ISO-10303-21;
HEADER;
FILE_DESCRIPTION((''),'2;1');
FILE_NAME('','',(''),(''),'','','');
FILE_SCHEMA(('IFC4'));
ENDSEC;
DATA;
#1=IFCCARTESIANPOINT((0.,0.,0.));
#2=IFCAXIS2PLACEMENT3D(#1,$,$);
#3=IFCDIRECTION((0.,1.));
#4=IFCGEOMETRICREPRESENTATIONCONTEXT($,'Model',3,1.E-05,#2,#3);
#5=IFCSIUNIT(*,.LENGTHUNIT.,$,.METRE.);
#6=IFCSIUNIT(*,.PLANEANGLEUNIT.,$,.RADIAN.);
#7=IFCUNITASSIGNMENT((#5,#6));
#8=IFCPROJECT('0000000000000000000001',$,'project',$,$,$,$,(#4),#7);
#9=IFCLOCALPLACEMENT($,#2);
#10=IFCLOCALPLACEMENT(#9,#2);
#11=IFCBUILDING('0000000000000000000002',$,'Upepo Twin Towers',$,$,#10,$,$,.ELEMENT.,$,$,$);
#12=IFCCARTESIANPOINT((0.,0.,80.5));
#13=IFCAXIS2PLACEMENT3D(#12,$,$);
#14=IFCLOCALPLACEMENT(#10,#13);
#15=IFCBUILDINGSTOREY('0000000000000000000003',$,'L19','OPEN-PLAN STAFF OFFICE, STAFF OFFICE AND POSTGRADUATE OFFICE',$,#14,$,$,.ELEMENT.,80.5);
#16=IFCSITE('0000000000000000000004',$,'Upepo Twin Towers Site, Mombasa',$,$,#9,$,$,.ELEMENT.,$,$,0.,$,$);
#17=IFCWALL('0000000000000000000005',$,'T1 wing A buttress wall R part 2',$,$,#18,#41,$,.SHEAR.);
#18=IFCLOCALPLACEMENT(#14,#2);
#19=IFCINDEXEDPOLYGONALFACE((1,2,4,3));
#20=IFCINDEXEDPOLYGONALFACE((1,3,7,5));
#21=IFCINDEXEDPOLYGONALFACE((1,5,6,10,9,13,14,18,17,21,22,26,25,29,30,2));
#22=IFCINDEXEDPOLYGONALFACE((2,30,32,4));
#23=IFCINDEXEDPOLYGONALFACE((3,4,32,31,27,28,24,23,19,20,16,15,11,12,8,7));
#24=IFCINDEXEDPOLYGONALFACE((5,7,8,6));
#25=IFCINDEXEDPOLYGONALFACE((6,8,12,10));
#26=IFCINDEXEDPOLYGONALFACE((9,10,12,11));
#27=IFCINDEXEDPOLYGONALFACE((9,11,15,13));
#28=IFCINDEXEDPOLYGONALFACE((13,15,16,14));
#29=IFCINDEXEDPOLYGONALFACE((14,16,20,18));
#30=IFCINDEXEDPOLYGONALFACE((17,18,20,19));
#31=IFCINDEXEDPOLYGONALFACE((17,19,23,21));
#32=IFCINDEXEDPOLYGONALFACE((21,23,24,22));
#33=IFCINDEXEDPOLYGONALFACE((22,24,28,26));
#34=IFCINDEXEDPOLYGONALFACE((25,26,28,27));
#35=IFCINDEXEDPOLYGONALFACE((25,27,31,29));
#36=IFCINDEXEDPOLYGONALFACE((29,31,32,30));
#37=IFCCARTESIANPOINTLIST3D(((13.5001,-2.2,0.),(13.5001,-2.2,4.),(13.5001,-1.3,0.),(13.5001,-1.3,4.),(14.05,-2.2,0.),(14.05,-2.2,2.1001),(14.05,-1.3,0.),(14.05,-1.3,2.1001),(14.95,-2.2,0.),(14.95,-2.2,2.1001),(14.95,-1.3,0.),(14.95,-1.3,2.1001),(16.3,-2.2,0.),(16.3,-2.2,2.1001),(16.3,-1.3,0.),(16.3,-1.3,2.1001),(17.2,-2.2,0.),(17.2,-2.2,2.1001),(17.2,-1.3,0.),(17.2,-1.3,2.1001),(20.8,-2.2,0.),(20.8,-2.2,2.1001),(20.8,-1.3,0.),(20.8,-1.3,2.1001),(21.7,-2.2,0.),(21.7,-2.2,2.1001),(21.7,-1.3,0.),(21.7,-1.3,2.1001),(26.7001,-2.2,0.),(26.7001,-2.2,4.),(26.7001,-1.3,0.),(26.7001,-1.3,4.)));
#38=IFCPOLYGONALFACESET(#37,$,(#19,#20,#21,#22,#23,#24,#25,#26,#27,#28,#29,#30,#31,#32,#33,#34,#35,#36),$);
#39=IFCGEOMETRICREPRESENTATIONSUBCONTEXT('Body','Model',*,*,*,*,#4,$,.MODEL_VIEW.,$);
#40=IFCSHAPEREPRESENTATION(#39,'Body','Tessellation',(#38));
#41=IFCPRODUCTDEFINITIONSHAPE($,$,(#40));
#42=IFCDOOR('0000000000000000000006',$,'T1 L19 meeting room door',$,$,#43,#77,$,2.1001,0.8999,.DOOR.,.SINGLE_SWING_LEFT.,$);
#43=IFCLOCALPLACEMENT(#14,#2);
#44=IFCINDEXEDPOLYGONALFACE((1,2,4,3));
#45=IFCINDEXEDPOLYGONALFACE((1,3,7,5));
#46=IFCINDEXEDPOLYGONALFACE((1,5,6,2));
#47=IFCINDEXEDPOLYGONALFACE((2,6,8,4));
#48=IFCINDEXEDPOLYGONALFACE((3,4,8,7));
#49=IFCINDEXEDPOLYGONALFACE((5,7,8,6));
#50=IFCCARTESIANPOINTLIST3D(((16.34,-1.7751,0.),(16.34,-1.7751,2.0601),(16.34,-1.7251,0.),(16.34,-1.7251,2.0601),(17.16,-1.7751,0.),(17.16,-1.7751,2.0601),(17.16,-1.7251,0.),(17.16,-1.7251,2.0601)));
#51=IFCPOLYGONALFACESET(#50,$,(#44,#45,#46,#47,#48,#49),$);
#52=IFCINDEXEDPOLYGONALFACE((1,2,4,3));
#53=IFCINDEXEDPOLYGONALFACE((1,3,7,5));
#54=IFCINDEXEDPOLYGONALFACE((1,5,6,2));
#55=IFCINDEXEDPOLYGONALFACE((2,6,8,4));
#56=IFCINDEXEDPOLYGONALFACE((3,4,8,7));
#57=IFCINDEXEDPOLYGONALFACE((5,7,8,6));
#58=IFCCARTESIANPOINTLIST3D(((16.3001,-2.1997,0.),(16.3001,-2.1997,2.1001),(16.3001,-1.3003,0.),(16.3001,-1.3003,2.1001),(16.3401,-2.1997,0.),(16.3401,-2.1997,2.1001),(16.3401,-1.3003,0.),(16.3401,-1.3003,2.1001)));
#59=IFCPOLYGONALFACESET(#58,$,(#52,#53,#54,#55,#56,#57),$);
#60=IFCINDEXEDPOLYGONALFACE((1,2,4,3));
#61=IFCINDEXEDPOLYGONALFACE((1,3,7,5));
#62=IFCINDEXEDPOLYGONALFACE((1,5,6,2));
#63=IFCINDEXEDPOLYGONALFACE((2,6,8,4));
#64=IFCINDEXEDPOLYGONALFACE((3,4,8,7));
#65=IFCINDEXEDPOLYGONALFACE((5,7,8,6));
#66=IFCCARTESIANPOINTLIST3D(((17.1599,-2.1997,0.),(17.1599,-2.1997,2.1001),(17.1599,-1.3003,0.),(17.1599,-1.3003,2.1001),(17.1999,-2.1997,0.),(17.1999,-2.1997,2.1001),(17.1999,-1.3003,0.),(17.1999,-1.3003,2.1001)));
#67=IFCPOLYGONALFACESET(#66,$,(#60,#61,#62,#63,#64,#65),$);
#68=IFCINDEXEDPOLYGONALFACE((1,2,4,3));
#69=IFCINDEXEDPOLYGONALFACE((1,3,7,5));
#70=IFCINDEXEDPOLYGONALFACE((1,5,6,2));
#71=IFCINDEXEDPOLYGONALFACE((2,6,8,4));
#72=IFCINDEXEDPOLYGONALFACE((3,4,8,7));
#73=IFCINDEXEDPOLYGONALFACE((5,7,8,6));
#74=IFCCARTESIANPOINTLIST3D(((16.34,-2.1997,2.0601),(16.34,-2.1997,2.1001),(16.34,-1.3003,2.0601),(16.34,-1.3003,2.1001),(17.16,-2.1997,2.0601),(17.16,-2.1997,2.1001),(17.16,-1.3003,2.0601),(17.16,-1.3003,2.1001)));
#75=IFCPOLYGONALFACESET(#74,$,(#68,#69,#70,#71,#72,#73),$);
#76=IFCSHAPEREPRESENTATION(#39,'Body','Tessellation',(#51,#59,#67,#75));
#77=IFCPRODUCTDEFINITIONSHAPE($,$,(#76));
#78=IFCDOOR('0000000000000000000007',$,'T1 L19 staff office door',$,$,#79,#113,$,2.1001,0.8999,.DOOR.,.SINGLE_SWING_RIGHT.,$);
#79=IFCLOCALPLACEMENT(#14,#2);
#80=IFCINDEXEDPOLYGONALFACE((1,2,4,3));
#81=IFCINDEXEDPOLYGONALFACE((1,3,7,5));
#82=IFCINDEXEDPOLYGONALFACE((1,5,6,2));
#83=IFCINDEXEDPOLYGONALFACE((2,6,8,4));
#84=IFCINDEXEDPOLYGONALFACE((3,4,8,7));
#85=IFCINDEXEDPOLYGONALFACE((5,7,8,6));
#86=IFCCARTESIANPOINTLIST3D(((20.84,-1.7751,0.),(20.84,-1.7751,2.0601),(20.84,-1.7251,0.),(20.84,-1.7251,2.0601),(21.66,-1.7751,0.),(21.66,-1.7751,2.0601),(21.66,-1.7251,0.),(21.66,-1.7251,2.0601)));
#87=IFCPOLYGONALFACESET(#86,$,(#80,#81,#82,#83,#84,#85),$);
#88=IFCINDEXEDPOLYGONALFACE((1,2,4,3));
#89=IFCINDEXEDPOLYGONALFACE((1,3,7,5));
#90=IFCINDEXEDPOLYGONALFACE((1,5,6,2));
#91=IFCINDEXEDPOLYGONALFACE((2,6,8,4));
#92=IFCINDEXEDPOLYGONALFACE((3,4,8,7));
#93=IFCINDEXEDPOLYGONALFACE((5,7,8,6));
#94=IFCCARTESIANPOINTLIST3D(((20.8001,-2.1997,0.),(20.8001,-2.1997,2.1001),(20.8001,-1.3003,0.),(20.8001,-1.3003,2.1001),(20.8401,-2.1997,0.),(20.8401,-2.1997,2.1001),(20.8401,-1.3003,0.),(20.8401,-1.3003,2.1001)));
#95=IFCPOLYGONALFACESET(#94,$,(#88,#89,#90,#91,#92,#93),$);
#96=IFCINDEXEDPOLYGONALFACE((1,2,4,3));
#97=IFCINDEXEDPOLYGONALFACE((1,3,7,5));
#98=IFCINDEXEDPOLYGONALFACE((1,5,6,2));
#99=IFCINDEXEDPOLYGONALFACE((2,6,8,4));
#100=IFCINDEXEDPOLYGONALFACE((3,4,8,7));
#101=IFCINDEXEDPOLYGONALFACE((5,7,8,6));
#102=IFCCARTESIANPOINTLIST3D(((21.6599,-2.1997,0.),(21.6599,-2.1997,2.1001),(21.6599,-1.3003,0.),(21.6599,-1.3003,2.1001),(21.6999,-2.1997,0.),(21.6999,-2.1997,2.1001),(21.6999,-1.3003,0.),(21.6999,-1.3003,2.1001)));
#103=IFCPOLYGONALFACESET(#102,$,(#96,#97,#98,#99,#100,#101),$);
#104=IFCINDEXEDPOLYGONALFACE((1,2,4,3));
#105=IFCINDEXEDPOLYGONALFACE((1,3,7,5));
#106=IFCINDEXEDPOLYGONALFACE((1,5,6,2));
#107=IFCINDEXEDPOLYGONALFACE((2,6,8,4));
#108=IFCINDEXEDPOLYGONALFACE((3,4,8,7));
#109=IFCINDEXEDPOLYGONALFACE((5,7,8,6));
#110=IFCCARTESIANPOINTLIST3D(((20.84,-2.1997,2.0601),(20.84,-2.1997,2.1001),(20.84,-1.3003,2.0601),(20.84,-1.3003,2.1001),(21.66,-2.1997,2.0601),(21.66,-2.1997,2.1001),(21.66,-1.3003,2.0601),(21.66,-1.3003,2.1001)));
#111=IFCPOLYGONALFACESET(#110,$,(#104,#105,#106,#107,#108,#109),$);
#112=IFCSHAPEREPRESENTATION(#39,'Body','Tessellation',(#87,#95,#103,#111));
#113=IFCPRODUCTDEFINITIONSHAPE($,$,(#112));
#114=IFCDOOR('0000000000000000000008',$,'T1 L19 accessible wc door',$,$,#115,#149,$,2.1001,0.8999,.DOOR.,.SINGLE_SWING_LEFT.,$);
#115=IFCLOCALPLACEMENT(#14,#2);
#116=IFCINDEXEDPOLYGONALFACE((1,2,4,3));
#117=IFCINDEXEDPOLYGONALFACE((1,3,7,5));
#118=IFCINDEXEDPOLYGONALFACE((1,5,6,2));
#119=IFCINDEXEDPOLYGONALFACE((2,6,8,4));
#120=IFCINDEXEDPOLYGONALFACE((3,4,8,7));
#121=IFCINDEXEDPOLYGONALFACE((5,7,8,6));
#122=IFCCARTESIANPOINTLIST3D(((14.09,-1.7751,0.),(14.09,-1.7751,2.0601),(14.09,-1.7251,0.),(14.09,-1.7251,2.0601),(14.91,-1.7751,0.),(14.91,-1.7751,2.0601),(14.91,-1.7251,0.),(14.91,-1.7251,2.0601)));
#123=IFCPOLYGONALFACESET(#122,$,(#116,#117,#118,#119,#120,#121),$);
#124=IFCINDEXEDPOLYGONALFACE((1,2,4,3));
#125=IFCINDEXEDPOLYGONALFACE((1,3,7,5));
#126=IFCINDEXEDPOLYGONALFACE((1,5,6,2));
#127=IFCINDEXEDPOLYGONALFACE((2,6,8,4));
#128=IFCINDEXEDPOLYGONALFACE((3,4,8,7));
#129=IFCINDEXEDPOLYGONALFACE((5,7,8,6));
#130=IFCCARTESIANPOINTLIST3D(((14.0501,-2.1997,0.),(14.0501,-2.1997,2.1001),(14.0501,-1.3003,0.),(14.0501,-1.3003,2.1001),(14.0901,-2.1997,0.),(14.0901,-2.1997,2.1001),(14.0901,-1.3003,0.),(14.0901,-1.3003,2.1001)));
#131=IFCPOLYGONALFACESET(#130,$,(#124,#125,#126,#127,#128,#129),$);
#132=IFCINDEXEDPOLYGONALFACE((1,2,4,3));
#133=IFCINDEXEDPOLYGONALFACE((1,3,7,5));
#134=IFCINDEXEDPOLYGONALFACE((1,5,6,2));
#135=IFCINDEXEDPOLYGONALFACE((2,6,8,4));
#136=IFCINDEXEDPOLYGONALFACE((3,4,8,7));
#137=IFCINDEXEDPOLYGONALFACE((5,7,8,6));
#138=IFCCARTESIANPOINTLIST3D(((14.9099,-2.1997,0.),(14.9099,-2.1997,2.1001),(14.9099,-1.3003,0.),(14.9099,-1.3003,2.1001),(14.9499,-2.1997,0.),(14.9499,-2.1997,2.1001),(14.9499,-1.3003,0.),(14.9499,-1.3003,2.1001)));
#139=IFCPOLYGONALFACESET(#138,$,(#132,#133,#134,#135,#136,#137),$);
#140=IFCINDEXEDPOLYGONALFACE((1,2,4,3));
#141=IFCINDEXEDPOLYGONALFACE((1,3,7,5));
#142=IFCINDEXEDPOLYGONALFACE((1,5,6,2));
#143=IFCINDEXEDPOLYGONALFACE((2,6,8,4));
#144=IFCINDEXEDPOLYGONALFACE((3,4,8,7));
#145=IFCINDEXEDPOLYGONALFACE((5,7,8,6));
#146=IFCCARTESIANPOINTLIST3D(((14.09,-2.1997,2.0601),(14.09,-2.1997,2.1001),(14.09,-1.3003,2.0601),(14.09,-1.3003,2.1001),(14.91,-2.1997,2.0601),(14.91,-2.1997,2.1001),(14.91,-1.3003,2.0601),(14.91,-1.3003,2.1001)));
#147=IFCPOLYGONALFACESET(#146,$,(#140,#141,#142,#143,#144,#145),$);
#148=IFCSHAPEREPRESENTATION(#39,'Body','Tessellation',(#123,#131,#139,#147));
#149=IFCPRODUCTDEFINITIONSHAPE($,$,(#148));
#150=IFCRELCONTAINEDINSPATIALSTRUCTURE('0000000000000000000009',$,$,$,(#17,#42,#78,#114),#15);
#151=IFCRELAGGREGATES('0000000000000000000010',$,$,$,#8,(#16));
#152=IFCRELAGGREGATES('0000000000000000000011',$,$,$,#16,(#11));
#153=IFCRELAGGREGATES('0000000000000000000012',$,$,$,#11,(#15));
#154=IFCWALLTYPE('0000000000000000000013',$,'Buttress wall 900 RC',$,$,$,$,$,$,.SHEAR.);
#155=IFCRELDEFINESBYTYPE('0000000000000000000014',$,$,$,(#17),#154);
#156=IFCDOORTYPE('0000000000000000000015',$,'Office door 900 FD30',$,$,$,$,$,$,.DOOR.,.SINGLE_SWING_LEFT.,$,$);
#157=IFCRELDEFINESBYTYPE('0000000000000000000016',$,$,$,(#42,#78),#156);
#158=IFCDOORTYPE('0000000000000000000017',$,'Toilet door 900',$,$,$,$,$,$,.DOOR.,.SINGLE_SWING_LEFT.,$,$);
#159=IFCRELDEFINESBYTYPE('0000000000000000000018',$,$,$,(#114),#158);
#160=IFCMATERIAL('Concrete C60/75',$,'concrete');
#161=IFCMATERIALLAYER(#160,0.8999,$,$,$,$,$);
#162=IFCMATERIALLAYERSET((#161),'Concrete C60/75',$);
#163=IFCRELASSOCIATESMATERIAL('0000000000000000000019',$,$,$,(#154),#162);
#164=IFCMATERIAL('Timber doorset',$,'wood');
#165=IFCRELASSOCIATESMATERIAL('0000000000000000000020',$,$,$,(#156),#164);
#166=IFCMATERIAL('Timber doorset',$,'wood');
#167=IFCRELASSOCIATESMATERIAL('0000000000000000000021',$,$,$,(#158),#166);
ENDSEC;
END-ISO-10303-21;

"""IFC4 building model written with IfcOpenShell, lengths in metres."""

from ifc_helpers import new_model, si_unit, direction, frame, frame_2d, origin, place, context, subcontext, project, spatial, rectangle, extrude, material, layer, layer_set, type_object, element, fill, save


model = new_model("IFC4")

# Units and contexts
model_context = context("Model", 3, precision=1e-05, world=origin(), true_north=direction((0.0, 1.0)))
body_context = subcontext(model_context, "Body", "Model", "MODEL_VIEW")
ifc_project = project(units=[si_unit("LENGTHUNIT", "METRE"), si_unit("PLANEANGLEUNIT", "RADIAN")], contexts=[model_context])

# Site, building, storey
site_placement = place(None, origin())
site = spatial("IfcSite", under=ifc_project, at=site_placement, Name="Upepo Twin Towers Site, Mombasa", CompositionType="ELEMENT", RefElevation=0.0)
building_placement = place(site_placement, origin())
building = spatial("IfcBuilding", under=site, at=building_placement, Name="Upepo Twin Towers", CompositionType="ELEMENT")
storey_placement = place(building_placement, frame((0.0, 0.0, 80.5)))
storey = spatial("IfcBuildingStorey", under=building, at=storey_placement, Name="L19", Description="OPEN-PLAN STAFF OFFICE, STAFF OFFICE AND POSTGRADUATE OFFICE", CompositionType="ELEMENT", Elevation=80.5)

# Wall, openings, doors
ifc_material_1 = material(Name="Concrete C60/75", Category="concrete")
ifc_layer_1 = layer(ifc_material_1, 0.8999)
ifc_layer_set_1 = layer_set([ifc_layer_1], Name="Concrete C60/75")
wall_type_1 = type_object("IfcWallType", Name="Buttress wall 900 RC", PredefinedType="SHEAR", material=ifc_layer_set_1)
wall_1_placement = place(storey_placement, frame((13.5, -1.75, 0.0), z_axis=(0.0, 0.0, 1.0), x_axis=(1.0, 0.0, 0.0)))
wall_1 = element("IfcWall", 1, at=wall_1_placement, inside=storey, type_object=wall_type_1, Name="T1 wing A buttress wall R part 2", PredefinedType="SHEAR", context=body_context, shape_type="SweptSolid", body=[
    extrude(rectangle(XDim=13.2, YDim=0.8999, at=frame_2d((6.6001, 0.0))), origin(), (0.0, 0.0, 1.0), 4.0),
])
opening_1_placement = place(wall_1_placement, frame((0.55, 0.0, 0.0)))
opening_1 = element("IfcOpeningElement", 2, at=opening_1_placement, cuts=wall_1, PredefinedType="OPENING", context=body_context, shape_type="SweptSolid", body=[
    extrude(rectangle(XDim=0.8999, YDim=2.1001, at=frame_2d((0.45, 1.05))), frame((0.0, 0.46, 0.0), z_axis=(0.0, -1.0, 0.0), x_axis=(1.0, 0.0, 0.0)), (0.0, 0.0, 1.0), 0.9199),
])
opening_2_placement = place(wall_1_placement, frame((2.8, 0.0, 0.0)))
opening_2 = element("IfcOpeningElement", 3, at=opening_2_placement, cuts=wall_1, PredefinedType="OPENING", context=body_context, shape_type="SweptSolid", body=[
    extrude(rectangle(XDim=0.8999, YDim=2.1001, at=frame_2d((0.45, 1.05))), frame((0.0, 0.46, 0.0), z_axis=(0.0, -1.0, 0.0), x_axis=(1.0, 0.0, 0.0)), (0.0, 0.0, 1.0), 0.9199),
])
opening_3_placement = place(wall_1_placement, frame((7.3, 0.0, 0.0)))
opening_3 = element("IfcOpeningElement", 4, at=opening_3_placement, cuts=wall_1, PredefinedType="OPENING", context=body_context, shape_type="SweptSolid", body=[
    extrude(rectangle(XDim=0.8999, YDim=2.1001, at=frame_2d((0.45, 1.05))), frame((0.0, 0.46, 0.0), z_axis=(0.0, -1.0, 0.0), x_axis=(1.0, 0.0, 0.0)), (0.0, 0.0, 1.0), 0.9199),
])
ifc_material_2 = material(Name="Timber doorset", Category="wood")
door_type_1 = type_object("IfcDoorType", Name="Office door 900 FD30", OperationType="SINGLE_SWING_LEFT", PredefinedType="DOOR", material=ifc_material_2)
door_1_placement = place(opening_2_placement, origin())
door_1 = element("IfcDoor", 5, at=door_1_placement, inside=storey, type_object=door_type_1, Name="T1 L19 meeting room door", OperationType="SINGLE_SWING_LEFT", OverallHeight=2.1001, OverallWidth=0.8999, PredefinedType="DOOR", context=body_context, shape_type="SweptSolid", body=[
    extrude(rectangle(XDim=0.8199, YDim=2.0601, at=frame_2d((0.45, 1.03))), frame((0.0, 0.0249, 0.0), z_axis=(0.0, -1.0, 0.0), x_axis=(1.0, 0.0, 0.0)), (0.0, 0.0, 1.0), 0.05),
    extrude(rectangle(XDim=0.04, YDim=2.1001, at=frame_2d((0.02, 1.05))), frame((0.0, 0.4497, 0.0), z_axis=(0.0, -1.0, 0.0), x_axis=(1.0, 0.0, 0.0)), (0.0, 0.0, 1.0), 0.8994),
    extrude(rectangle(XDim=0.04, YDim=2.1001, at=frame_2d((0.8799, 1.05))), frame((0.0, 0.4497, 0.0), z_axis=(0.0, -1.0, 0.0), x_axis=(1.0, 0.0, 0.0)), (0.0, 0.0, 1.0), 0.8994),
    extrude(rectangle(XDim=0.8199, YDim=0.04, at=frame_2d((0.45, 2.0801))), frame((0.0, 0.4497, 0.0), z_axis=(0.0, -1.0, 0.0), x_axis=(1.0, 0.0, 0.0)), (0.0, 0.0, 1.0), 0.8994),
])
fill(opening_2, door_1)
door_2_placement = place(opening_3_placement, origin())
door_2 = element("IfcDoor", 6, at=door_2_placement, inside=storey, type_object=door_type_1, Name="T1 L19 staff office door", OperationType="SINGLE_SWING_RIGHT", OverallHeight=2.1001, OverallWidth=0.8999, PredefinedType="DOOR", context=body_context, shape_type="SweptSolid", body=[
    extrude(rectangle(XDim=0.8199, YDim=2.0601, at=frame_2d((0.45, 1.03))), frame((0.0, 0.0249, 0.0), z_axis=(0.0, -1.0, 0.0), x_axis=(1.0, 0.0, 0.0)), (0.0, 0.0, 1.0), 0.05),
    extrude(rectangle(XDim=0.04, YDim=2.1001, at=frame_2d((0.02, 1.05))), frame((0.0, 0.4497, 0.0), z_axis=(0.0, -1.0, 0.0), x_axis=(1.0, 0.0, 0.0)), (0.0, 0.0, 1.0), 0.8994),
    extrude(rectangle(XDim=0.04, YDim=2.1001, at=frame_2d((0.8799, 1.05))), frame((0.0, 0.4497, 0.0), z_axis=(0.0, -1.0, 0.0), x_axis=(1.0, 0.0, 0.0)), (0.0, 0.0, 1.0), 0.8994),
    extrude(rectangle(XDim=0.8199, YDim=0.04, at=frame_2d((0.45, 2.0801))), frame((0.0, 0.4497, 0.0), z_axis=(0.0, -1.0, 0.0), x_axis=(1.0, 0.0, 0.0)), (0.0, 0.0, 1.0), 0.8994),
])
fill(opening_3, door_2)
ifc_material_3 = material(Name="Timber doorset", Category="wood")
door_type_2 = type_object("IfcDoorType", Name="Toilet door 900", OperationType="SINGLE_SWING_LEFT", PredefinedType="DOOR", material=ifc_material_3)
door_3_placement = place(opening_1_placement, origin())
door_3 = element("IfcDoor", 7, at=door_3_placement, inside=storey, type_object=door_type_2, Name="T1 L19 accessible wc door", OperationType="SINGLE_SWING_LEFT", OverallHeight=2.1001, OverallWidth=0.8999, PredefinedType="DOOR", context=body_context, shape_type="SweptSolid", body=[
    extrude(rectangle(XDim=0.8199, YDim=2.0601, at=frame_2d((0.45, 1.03))), frame((0.0, 0.0249, 0.0), z_axis=(0.0, -1.0, 0.0), x_axis=(1.0, 0.0, 0.0)), (0.0, 0.0, 1.0), 0.05),
    extrude(rectangle(XDim=0.04, YDim=2.1001, at=frame_2d((0.02, 1.05))), frame((0.0, 0.4497, 0.0), z_axis=(0.0, -1.0, 0.0), x_axis=(1.0, 0.0, 0.0)), (0.0, 0.0, 1.0), 0.8994),
    extrude(rectangle(XDim=0.04, YDim=2.1001, at=frame_2d((0.8799, 1.05))), frame((0.0, 0.4497, 0.0), z_axis=(0.0, -1.0, 0.0), x_axis=(1.0, 0.0, 0.0)), (0.0, 0.0, 1.0), 0.8994),
    extrude(rectangle(XDim=0.8199, YDim=0.04, at=frame_2d((0.45, 2.0801))), frame((0.0, 0.4497, 0.0), z_axis=(0.0, -1.0, 0.0), x_axis=(1.0, 0.0, 0.0)), (0.0, 0.0, 1.0), 0.8994),
])
fill(opening_1, door_3)

save(model, "model.ifc")
